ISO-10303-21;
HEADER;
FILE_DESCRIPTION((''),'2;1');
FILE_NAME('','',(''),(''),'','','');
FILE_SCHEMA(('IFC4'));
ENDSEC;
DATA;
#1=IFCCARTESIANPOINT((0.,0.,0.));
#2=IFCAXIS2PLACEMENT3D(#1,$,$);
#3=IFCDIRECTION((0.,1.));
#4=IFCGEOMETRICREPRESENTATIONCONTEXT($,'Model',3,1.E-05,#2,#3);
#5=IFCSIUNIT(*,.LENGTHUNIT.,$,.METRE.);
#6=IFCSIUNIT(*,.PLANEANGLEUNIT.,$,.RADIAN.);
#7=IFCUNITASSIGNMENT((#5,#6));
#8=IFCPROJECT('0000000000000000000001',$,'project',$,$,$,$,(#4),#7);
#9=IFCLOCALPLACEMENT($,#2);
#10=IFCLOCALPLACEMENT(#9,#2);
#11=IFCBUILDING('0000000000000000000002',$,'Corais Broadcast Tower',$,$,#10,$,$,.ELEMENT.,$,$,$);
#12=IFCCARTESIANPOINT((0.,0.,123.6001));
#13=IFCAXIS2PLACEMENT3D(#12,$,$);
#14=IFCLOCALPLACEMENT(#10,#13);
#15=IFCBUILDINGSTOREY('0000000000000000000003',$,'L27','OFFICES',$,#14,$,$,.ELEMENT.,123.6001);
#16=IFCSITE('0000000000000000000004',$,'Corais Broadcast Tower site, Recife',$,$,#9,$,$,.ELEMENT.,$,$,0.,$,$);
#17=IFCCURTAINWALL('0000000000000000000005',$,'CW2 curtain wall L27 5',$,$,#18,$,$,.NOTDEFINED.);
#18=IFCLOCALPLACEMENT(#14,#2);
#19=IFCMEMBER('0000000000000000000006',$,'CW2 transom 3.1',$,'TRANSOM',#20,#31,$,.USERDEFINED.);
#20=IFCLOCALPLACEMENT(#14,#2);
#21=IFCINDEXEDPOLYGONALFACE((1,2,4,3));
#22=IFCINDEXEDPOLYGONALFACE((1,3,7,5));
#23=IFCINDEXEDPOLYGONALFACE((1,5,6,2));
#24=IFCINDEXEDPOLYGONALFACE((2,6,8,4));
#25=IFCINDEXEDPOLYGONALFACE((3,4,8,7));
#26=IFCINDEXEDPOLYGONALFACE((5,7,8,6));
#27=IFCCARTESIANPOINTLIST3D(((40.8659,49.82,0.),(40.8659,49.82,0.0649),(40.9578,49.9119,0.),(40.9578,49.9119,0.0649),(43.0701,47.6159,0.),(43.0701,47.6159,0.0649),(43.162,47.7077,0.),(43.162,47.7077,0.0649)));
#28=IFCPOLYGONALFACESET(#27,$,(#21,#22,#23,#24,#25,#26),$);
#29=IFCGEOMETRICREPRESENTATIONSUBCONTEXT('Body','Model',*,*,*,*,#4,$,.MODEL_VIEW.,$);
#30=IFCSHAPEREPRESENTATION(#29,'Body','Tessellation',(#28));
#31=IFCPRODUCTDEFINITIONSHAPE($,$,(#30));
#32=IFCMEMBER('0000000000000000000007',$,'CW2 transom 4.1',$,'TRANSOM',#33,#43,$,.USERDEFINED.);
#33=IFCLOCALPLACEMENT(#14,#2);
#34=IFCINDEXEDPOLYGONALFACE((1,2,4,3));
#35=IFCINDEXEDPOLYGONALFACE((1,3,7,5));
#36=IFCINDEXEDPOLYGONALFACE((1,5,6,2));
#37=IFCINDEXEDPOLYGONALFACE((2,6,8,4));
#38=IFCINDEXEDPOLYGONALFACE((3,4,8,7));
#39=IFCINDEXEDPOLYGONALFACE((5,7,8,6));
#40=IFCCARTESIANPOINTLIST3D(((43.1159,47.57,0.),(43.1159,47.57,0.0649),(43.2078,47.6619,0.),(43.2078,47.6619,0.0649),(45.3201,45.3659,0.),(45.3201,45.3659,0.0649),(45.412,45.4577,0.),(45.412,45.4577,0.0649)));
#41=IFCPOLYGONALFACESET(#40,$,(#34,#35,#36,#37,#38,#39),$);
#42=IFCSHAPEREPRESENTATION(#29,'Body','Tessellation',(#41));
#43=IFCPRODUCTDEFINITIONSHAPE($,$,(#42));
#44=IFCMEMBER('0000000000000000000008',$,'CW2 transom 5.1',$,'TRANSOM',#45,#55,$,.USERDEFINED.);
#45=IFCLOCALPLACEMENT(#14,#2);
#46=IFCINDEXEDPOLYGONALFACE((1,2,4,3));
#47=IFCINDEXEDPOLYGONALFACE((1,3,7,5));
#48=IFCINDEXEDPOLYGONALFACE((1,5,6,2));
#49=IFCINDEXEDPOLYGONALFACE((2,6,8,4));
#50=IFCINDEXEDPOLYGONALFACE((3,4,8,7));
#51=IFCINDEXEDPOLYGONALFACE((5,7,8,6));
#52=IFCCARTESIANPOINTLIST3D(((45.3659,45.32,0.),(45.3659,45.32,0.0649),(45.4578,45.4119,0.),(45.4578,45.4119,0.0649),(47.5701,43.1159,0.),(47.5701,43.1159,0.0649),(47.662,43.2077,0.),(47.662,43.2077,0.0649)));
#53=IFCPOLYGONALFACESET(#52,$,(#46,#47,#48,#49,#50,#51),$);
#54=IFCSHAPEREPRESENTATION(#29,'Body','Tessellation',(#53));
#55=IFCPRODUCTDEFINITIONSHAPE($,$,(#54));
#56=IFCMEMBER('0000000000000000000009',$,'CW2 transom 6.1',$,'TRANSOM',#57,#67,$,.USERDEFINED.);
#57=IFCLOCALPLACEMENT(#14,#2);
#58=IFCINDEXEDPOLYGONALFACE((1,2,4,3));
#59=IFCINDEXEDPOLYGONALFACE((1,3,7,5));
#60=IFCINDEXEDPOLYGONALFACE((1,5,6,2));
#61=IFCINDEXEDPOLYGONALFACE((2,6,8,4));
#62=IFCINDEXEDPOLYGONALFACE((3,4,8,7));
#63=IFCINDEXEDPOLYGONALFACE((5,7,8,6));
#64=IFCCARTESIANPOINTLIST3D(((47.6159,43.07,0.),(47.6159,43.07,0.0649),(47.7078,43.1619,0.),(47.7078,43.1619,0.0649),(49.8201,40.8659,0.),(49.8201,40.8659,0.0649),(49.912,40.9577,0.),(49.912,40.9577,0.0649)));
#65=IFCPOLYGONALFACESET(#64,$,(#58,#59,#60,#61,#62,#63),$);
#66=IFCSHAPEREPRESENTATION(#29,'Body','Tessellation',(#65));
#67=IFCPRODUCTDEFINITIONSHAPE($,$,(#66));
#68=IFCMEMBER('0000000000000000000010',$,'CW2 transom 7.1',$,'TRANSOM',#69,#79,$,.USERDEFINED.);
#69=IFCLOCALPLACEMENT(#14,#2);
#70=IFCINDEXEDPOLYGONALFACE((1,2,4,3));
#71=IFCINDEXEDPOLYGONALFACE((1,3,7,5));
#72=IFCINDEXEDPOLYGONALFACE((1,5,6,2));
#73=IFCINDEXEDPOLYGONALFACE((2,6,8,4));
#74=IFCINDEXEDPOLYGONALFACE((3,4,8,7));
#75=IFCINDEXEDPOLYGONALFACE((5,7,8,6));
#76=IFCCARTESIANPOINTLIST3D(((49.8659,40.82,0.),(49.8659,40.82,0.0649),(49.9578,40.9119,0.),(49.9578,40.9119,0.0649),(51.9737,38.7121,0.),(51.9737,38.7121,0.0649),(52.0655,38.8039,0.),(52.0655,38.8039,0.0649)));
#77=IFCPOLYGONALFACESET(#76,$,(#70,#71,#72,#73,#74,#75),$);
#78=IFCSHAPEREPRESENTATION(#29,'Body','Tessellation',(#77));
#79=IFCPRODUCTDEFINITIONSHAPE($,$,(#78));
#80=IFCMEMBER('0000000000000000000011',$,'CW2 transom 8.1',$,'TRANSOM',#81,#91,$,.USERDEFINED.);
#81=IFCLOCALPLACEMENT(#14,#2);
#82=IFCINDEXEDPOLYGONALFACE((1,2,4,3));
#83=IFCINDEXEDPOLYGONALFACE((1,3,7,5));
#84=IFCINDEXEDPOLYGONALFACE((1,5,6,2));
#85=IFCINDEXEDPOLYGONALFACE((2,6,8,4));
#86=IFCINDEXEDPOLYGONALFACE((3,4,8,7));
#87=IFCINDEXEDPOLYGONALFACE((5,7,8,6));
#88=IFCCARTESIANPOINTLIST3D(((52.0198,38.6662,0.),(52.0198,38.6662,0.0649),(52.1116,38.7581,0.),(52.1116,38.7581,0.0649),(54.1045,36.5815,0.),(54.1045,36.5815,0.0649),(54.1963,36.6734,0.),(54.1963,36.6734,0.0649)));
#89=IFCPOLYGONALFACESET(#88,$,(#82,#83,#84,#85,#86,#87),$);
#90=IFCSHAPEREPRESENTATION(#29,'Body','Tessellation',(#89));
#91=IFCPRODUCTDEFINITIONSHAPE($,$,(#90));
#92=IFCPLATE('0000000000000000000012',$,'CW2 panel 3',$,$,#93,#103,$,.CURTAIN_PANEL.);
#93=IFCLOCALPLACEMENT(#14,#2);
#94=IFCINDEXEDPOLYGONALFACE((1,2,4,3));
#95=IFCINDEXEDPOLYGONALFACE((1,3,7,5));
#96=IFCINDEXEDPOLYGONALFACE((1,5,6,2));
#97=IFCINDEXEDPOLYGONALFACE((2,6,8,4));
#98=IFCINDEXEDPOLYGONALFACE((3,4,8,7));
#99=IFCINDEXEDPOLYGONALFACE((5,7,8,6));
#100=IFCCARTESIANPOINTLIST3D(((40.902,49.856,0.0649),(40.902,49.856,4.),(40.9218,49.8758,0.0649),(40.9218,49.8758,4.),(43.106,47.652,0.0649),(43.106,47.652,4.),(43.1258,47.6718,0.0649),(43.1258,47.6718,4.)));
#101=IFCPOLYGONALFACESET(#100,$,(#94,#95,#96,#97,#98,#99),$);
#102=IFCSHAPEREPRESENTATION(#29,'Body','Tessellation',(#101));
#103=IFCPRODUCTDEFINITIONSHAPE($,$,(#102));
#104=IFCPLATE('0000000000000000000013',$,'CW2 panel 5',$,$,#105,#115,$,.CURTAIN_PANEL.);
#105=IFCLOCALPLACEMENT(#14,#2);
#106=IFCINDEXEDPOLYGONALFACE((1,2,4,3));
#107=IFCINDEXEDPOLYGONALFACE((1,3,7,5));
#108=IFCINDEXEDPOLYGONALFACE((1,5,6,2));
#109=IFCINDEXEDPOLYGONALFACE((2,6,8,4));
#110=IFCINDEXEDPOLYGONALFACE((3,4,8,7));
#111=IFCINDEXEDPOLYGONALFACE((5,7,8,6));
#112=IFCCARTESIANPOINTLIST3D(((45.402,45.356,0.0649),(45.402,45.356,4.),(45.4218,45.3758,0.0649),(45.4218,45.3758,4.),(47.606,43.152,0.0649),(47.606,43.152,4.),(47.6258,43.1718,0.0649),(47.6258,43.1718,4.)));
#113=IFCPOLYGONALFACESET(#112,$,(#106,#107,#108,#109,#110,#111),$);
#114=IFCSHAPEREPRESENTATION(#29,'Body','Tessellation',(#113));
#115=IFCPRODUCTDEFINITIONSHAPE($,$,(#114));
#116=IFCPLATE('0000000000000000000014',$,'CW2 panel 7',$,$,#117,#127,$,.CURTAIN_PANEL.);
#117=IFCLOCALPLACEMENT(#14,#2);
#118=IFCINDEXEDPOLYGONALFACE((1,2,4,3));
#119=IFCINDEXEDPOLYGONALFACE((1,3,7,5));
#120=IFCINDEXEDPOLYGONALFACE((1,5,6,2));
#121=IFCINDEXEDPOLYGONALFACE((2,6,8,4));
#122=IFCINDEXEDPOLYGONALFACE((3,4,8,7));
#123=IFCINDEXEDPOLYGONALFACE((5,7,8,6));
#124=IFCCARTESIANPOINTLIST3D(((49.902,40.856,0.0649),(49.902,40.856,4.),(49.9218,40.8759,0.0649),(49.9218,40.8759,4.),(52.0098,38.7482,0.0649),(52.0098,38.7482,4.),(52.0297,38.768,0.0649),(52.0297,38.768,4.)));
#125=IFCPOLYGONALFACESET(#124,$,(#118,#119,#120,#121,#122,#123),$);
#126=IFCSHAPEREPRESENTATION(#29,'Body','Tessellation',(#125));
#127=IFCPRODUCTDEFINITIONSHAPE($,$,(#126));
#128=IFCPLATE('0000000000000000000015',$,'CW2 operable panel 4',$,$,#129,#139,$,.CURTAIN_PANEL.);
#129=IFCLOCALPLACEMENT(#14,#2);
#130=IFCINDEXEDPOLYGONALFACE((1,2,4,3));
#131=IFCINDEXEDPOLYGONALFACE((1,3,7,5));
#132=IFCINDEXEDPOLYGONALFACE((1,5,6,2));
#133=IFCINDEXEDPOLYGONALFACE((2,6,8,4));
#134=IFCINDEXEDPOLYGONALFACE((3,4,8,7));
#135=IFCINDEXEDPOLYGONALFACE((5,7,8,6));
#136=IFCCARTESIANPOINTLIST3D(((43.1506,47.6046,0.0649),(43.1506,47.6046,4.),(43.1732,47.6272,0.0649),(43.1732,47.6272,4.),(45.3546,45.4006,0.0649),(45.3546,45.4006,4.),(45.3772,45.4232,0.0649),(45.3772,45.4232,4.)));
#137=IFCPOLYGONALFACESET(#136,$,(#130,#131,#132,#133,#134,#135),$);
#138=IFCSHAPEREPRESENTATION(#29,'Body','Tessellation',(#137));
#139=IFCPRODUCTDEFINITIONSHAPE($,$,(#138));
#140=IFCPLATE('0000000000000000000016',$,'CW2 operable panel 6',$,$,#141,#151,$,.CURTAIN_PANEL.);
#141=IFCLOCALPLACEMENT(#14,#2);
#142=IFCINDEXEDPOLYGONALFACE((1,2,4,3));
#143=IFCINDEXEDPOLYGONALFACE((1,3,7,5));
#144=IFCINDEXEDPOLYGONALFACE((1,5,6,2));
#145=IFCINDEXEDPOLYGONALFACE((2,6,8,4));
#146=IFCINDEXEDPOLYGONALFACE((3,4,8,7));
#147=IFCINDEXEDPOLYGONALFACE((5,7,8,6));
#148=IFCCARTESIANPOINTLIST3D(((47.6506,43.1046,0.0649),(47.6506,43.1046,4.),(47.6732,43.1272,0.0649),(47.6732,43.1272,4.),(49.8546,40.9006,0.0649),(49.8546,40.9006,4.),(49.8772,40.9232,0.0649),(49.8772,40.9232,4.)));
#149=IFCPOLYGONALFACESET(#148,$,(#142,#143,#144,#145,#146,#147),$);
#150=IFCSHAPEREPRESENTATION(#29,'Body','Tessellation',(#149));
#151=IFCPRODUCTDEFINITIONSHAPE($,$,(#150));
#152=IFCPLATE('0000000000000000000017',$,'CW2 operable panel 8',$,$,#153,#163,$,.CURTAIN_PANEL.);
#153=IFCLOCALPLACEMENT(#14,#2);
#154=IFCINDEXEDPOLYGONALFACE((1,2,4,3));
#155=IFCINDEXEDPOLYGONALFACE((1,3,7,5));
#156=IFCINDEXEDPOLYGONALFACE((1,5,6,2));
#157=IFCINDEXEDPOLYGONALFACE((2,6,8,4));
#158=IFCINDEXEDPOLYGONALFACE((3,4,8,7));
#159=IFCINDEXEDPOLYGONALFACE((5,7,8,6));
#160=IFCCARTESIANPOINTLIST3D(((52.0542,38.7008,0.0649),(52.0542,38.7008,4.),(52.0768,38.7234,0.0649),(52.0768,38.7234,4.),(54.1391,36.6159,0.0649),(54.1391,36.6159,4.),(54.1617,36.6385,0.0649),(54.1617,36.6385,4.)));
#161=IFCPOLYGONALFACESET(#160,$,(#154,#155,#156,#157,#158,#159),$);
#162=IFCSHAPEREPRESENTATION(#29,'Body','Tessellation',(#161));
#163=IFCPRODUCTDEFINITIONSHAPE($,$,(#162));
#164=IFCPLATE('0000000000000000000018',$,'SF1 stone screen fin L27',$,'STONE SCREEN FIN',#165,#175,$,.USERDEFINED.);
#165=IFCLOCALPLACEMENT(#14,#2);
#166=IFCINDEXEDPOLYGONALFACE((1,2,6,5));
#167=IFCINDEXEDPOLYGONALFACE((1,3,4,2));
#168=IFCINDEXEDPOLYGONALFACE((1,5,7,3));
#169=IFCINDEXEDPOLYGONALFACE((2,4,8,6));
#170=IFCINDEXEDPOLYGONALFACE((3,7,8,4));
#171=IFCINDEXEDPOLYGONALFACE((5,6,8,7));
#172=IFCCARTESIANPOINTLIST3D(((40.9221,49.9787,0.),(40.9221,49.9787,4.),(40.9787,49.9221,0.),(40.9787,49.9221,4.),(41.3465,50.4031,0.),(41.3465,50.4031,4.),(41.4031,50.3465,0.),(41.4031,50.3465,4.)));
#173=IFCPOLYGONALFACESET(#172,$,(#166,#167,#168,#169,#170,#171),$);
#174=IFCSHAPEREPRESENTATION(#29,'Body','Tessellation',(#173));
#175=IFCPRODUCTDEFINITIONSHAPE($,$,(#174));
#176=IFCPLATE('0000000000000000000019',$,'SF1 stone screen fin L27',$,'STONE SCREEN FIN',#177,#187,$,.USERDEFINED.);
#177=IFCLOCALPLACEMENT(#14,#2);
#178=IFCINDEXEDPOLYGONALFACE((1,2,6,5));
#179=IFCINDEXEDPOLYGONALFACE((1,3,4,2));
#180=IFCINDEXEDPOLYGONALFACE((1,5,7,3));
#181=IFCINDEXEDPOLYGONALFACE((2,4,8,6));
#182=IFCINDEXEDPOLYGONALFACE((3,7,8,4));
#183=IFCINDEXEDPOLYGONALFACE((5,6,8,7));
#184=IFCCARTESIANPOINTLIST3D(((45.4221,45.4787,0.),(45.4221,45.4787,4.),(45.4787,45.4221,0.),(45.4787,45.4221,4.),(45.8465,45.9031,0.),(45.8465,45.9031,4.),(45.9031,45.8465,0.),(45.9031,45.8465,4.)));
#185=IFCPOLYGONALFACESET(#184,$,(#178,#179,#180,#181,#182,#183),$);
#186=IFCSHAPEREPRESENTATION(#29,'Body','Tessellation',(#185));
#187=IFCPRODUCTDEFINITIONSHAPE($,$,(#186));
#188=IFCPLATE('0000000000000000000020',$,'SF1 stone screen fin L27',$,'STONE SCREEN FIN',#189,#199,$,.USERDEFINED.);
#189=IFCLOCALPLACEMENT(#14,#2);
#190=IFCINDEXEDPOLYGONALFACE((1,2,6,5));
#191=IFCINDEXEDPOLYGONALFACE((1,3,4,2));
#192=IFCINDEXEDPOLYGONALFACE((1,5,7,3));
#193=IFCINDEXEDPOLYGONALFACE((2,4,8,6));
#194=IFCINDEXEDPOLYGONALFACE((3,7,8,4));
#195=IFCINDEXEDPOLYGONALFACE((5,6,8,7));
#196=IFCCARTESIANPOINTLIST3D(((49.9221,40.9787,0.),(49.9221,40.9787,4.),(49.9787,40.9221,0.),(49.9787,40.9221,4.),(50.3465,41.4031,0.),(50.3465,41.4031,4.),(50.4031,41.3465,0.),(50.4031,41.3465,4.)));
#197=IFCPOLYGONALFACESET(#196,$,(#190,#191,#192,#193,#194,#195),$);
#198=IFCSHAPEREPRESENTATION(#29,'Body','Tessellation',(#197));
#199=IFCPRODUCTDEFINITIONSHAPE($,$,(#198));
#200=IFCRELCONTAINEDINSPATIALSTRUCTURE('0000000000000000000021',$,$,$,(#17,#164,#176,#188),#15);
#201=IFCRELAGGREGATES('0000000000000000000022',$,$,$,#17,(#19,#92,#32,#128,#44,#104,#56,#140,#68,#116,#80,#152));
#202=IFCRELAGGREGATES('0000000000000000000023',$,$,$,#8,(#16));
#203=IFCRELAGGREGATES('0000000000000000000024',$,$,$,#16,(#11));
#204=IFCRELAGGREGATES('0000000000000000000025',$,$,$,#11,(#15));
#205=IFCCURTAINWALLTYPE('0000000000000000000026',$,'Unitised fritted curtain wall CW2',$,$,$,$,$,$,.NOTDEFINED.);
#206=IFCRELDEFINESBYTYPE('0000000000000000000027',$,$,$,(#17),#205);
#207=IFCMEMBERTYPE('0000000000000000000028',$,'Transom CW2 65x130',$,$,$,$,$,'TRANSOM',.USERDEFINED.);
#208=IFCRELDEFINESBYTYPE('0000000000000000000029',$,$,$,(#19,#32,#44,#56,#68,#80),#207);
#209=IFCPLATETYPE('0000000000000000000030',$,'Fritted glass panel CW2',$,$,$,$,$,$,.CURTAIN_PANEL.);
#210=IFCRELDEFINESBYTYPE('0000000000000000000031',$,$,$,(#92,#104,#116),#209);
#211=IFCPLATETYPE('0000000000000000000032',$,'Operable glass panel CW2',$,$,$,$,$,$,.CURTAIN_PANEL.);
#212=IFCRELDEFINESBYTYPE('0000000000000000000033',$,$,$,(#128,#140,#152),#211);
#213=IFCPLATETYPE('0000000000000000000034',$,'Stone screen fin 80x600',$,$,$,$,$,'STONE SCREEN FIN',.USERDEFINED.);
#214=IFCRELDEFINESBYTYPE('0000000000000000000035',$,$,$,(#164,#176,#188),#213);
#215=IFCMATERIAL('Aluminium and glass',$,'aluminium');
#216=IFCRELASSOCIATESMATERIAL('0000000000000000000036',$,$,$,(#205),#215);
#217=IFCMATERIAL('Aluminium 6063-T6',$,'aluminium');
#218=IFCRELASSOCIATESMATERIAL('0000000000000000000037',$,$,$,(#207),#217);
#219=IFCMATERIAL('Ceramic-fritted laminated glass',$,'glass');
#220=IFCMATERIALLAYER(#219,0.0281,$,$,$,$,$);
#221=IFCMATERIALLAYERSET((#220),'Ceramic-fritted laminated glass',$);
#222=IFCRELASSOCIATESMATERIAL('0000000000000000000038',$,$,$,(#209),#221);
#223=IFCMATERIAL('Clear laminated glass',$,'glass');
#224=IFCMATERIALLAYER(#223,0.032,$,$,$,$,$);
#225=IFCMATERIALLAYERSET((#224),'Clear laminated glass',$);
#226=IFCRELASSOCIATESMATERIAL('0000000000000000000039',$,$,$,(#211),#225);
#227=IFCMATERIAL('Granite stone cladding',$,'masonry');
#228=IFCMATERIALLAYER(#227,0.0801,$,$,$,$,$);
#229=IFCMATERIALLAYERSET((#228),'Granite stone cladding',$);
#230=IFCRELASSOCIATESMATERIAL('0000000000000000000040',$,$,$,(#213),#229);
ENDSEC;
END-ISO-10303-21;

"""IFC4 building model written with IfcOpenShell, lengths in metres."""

from ifc_helpers import new_model, si_unit, direction, frame, origin, origin_2d, place, context, subcontext, project, spatial, rectangle, extrude, material, layer, layer_set, material_profile, profile_set, type_object, element, aggregate, save


model = new_model("IFC4")

# Units and contexts
model_context = context("Model", 3, precision=1e-05, world=origin(), true_north=direction((0.0, 1.0)))
body_context = subcontext(model_context, "Body", "Model", "MODEL_VIEW")
ifc_project = project(units=[si_unit("LENGTHUNIT", "METRE"), si_unit("PLANEANGLEUNIT", "RADIAN")], contexts=[model_context])

# Site, building, storey
site_placement = place(None, origin())
site = spatial("IfcSite", under=ifc_project, at=site_placement, Name="Corais Broadcast Tower site, Recife", CompositionType="ELEMENT", RefElevation=0.0)
building_placement = place(site_placement, origin())
building = spatial("IfcBuilding", under=site, at=building_placement, Name="Corais Broadcast Tower", CompositionType="ELEMENT")
storey_placement = place(building_placement, frame((0.0, 0.0, 123.6001)))
storey = spatial("IfcBuildingStorey", under=building, at=storey_placement, Name="L27", Description="OFFICES", CompositionType="ELEMENT", Elevation=123.6001)

# Curtain wall
ifc_material_1 = material(Name="Aluminium and glass", Category="aluminium")
curtain_wall_type = type_object("IfcCurtainWallType", Name="Unitised fritted curtain wall CW2", PredefinedType="NOTDEFINED", material=ifc_material_1)
curtain_wall_placement = place(storey_placement, origin())
curtain_wall = element("IfcCurtainWall", 1, at=curtain_wall_placement, inside=storey, type_object=curtain_wall_type, Name="CW2 curtain wall L27 5", PredefinedType="NOTDEFINED")

# Members
ifc_material_2 = material(Name="Aluminium 6063-T6", Category="aluminium")
ifc_material_profile_1 = material_profile(ifc_material_2, rectangle(XDim=0.1299, YDim=0.0649, at=origin_2d()), Name="Transom CW2 65x130")
ifc_profile_set_1 = profile_set([ifc_material_profile_1], Name="Aluminium 6063-T6")
member_type_1 = type_object("IfcMemberType", Name="Transom CW2 65x130", ElementType="TRANSOM", PredefinedType="USERDEFINED", material=ifc_profile_set_1)
member_1_placement = place(storey_placement, frame((40.9119, 49.866, 0.0325), z_axis=(0.707107, -0.707107, 0.0), x_axis=(0.707107, 0.707107, 0.0)))
member_1 = element("IfcMember", 2, at=member_1_placement, type_object=member_type_1, Name="CW2 transom 3.1", ObjectType="TRANSOM", PredefinedType="USERDEFINED", context=body_context, shape_type="SweptSolid", body=[
    extrude(rectangle(XDim=0.1299, YDim=0.0649, at=origin_2d()), origin(), (0.0, 0.0, 1.0), 3.1172),
])
member_2_placement = place(storey_placement, frame((43.1619, 47.616, 0.0325), z_axis=(0.707107, -0.707107, 0.0), x_axis=(0.707107, 0.707107, 0.0)))
member_2 = element("IfcMember", 3, at=member_2_placement, type_object=member_type_1, Name="CW2 transom 4.1", ObjectType="TRANSOM", PredefinedType="USERDEFINED", context=body_context, shape_type="SweptSolid", body=[
    extrude(rectangle(XDim=0.1299, YDim=0.0649, at=origin_2d()), origin(), (0.0, 0.0, 1.0), 3.1172),
])
member_3_placement = place(storey_placement, frame((45.4119, 45.366, 0.0325), z_axis=(0.707107, -0.707107, 0.0), x_axis=(0.707107, 0.707107, 0.0)))
member_3 = element("IfcMember", 4, at=member_3_placement, type_object=member_type_1, Name="CW2 transom 5.1", ObjectType="TRANSOM", PredefinedType="USERDEFINED", context=body_context, shape_type="SweptSolid", body=[
    extrude(rectangle(XDim=0.1299, YDim=0.0649, at=origin_2d()), origin(), (0.0, 0.0, 1.0), 3.1172),
])
member_4_placement = place(storey_placement, frame((47.6619, 43.116, 0.0325), z_axis=(0.707107, -0.707107, 0.0), x_axis=(0.707107, 0.707107, 0.0)))
member_4 = element("IfcMember", 5, at=member_4_placement, type_object=member_type_1, Name="CW2 transom 6.1", ObjectType="TRANSOM", PredefinedType="USERDEFINED", context=body_context, shape_type="SweptSolid", body=[
    extrude(rectangle(XDim=0.1299, YDim=0.0649, at=origin_2d()), origin(), (0.0, 0.0, 1.0), 3.1172),
])
member_5_placement = place(storey_placement, frame((49.9119, 40.866, 0.0325), z_axis=(0.707066, -0.707148, 0.0), x_axis=(0.707148, 0.707066, 0.0)))
member_5 = element("IfcMember", 6, at=member_5_placement, type_object=member_type_1, Name="CW2 transom 7.1", ObjectType="TRANSOM", PredefinedType="USERDEFINED", context=body_context, shape_type="SweptSolid", body=[
    extrude(rectangle(XDim=0.1299, YDim=0.0649, at=origin_2d()), origin(), (0.0, 0.0, 1.0), 2.981),
])
member_6_placement = place(storey_placement, frame((52.0657, 38.7122, 0.0325), z_axis=(0.707107, -0.707107, 0.0), x_axis=(0.707107, 0.707107, 0.0)))
member_6 = element("IfcMember", 7, at=member_6_placement, type_object=member_type_1, Name="CW2 transom 8.1", ObjectType="TRANSOM", PredefinedType="USERDEFINED", context=body_context, shape_type="SweptSolid", body=[
    extrude(rectangle(XDim=0.1299, YDim=0.0649, at=origin_2d()), origin(), (0.0, 0.0, 1.0), 2.9482),
])

# Plates
ifc_material_3 = material(Name="Ceramic-fritted laminated glass", Category="glass")
ifc_layer_1 = layer(ifc_material_3, 0.0281)
ifc_layer_set_1 = layer_set([ifc_layer_1], Name="Ceramic-fritted laminated glass")
plate_type_1 = type_object("IfcPlateType", Name="Fritted glass panel CW2", PredefinedType="CURTAIN_PANEL", material=ifc_layer_set_1)
plate_1_placement = place(storey_placement, frame((42.0139, 48.7639, 0.0649), z_axis=(0.0, 0.0, 1.0), x_axis=(0.707107, -0.707107, 0.0)))
plate_1 = element("IfcPlate", 8, at=plate_1_placement, type_object=plate_type_1, Name="CW2 panel 3", PredefinedType="CURTAIN_PANEL", context=body_context, shape_type="SweptSolid", body=[
    extrude(rectangle(XDim=3.1169, YDim=0.0281, at=origin_2d()), origin(), (0.0, 0.0, 1.0), 3.9351),
])
plate_2_placement = place(storey_placement, frame((46.5139, 44.2639, 0.0649), z_axis=(0.0, 0.0, 1.0), x_axis=(0.707107, -0.707107, 0.0)))
plate_2 = element("IfcPlate", 9, at=plate_2_placement, type_object=plate_type_1, Name="CW2 panel 5", PredefinedType="CURTAIN_PANEL", context=body_context, shape_type="SweptSolid", body=[
    extrude(rectangle(XDim=3.1169, YDim=0.0281, at=origin_2d()), origin(), (0.0, 0.0, 1.0), 3.9351),
])
plate_3_placement = place(storey_placement, frame((50.9658, 39.812, 0.0649), z_axis=(0.0, 0.0, 1.0), x_axis=(0.707107, -0.707107, 0.0)))
plate_3 = element("IfcPlate", 10, at=plate_3_placement, type_object=plate_type_1, Name="CW2 panel 7", PredefinedType="CURTAIN_PANEL", context=body_context, shape_type="SweptSolid", body=[
    extrude(rectangle(XDim=2.981, YDim=0.0281, at=origin_2d()), origin(), (0.0, 0.0, 1.0), 3.9351),
])
ifc_material_4 = material(Name="Clear laminated glass", Category="glass")
ifc_layer_2 = layer(ifc_material_4, 0.032)
ifc_layer_set_2 = layer_set([ifc_layer_2], Name="Clear laminated glass")
plate_type_2 = type_object("IfcPlateType", Name="Operable glass panel CW2", PredefinedType="CURTAIN_PANEL", material=ifc_layer_set_2)
plate_4_placement = place(storey_placement, frame((44.2639, 46.5139, 0.0649), z_axis=(0.0, 0.0, 1.0), x_axis=(0.707107, -0.707107, 0.0)))
plate_4 = element("IfcPlate", 11, at=plate_4_placement, type_object=plate_type_2, Name="CW2 operable panel 4", PredefinedType="CURTAIN_PANEL", context=body_context, shape_type="SweptSolid", body=[
    extrude(rectangle(XDim=3.1169, YDim=0.032, at=origin_2d()), origin(), (0.0, 0.0, 1.0), 3.9351),
])
plate_5_placement = place(storey_placement, frame((48.7639, 42.0139, 0.0649), z_axis=(0.0, 0.0, 1.0), x_axis=(0.707107, -0.707107, 0.0)))
plate_5 = element("IfcPlate", 12, at=plate_5_placement, type_object=plate_type_2, Name="CW2 operable panel 6", PredefinedType="CURTAIN_PANEL", context=body_context, shape_type="SweptSolid", body=[
    extrude(rectangle(XDim=3.1169, YDim=0.032, at=origin_2d()), origin(), (0.0, 0.0, 1.0), 3.9351),
])
plate_6_placement = place(storey_placement, frame((53.1079, 37.6697, 0.0649), z_axis=(0.0, 0.0, 1.0), x_axis=(0.707107, -0.707107, 0.0)))
plate_6 = element("IfcPlate", 13, at=plate_6_placement, type_object=plate_type_2, Name="CW2 operable panel 8", PredefinedType="CURTAIN_PANEL", context=body_context, shape_type="SweptSolid", body=[
    extrude(rectangle(XDim=2.9485, YDim=0.032, at=origin_2d()), origin(), (0.0, 0.0, 1.0), 3.9351),
])
aggregate(curtain_wall, [member_1, plate_1, member_2, plate_4, member_3, plate_2, member_4, plate_5, member_5, plate_3, member_6, plate_6])

# Plates
ifc_material_5 = material(Name="Granite stone cladding", Category="masonry")
ifc_layer_3 = layer(ifc_material_5, 0.0801)
ifc_layer_set_3 = layer_set([ifc_layer_3], Name="Granite stone cladding")
plate_type_3 = type_object("IfcPlateType", Name="Stone screen fin 80x600", ElementType="STONE SCREEN FIN", PredefinedType="USERDEFINED", material=ifc_layer_set_3)
for number, where, z_axis, x_axis, name in (
    (14, (41.1626, 50.1626, 0.0), (0.0, 0.0, 1.0), (0.707107, -0.707107, 0.0), "SF1 stone screen fin L27"),
    (15, (45.6626, 45.6626, 0.0), (0.0, 0.0, 1.0), (0.707107, -0.707107, 0.0), "SF1 stone screen fin L27"),
    (16, (50.1626, 41.1626, 0.0), (0.0, 0.0, 1.0), (0.707107, -0.707107, 0.0), "SF1 stone screen fin L27"),
):
    element("IfcPlate", number, at=place(storey_placement, frame(where, z_axis=z_axis, x_axis=x_axis)), inside=storey, type_object=plate_type_3, Name=name, ObjectType="STONE SCREEN FIN", PredefinedType="USERDEFINED", context=body_context, shape_type="SweptSolid", body=[
        extrude(rectangle(XDim=0.0801, YDim=0.6001, at=origin_2d()), origin(), (0.0, 0.0, 1.0), 4.0),
    ])

save(model, "model.ifc")
